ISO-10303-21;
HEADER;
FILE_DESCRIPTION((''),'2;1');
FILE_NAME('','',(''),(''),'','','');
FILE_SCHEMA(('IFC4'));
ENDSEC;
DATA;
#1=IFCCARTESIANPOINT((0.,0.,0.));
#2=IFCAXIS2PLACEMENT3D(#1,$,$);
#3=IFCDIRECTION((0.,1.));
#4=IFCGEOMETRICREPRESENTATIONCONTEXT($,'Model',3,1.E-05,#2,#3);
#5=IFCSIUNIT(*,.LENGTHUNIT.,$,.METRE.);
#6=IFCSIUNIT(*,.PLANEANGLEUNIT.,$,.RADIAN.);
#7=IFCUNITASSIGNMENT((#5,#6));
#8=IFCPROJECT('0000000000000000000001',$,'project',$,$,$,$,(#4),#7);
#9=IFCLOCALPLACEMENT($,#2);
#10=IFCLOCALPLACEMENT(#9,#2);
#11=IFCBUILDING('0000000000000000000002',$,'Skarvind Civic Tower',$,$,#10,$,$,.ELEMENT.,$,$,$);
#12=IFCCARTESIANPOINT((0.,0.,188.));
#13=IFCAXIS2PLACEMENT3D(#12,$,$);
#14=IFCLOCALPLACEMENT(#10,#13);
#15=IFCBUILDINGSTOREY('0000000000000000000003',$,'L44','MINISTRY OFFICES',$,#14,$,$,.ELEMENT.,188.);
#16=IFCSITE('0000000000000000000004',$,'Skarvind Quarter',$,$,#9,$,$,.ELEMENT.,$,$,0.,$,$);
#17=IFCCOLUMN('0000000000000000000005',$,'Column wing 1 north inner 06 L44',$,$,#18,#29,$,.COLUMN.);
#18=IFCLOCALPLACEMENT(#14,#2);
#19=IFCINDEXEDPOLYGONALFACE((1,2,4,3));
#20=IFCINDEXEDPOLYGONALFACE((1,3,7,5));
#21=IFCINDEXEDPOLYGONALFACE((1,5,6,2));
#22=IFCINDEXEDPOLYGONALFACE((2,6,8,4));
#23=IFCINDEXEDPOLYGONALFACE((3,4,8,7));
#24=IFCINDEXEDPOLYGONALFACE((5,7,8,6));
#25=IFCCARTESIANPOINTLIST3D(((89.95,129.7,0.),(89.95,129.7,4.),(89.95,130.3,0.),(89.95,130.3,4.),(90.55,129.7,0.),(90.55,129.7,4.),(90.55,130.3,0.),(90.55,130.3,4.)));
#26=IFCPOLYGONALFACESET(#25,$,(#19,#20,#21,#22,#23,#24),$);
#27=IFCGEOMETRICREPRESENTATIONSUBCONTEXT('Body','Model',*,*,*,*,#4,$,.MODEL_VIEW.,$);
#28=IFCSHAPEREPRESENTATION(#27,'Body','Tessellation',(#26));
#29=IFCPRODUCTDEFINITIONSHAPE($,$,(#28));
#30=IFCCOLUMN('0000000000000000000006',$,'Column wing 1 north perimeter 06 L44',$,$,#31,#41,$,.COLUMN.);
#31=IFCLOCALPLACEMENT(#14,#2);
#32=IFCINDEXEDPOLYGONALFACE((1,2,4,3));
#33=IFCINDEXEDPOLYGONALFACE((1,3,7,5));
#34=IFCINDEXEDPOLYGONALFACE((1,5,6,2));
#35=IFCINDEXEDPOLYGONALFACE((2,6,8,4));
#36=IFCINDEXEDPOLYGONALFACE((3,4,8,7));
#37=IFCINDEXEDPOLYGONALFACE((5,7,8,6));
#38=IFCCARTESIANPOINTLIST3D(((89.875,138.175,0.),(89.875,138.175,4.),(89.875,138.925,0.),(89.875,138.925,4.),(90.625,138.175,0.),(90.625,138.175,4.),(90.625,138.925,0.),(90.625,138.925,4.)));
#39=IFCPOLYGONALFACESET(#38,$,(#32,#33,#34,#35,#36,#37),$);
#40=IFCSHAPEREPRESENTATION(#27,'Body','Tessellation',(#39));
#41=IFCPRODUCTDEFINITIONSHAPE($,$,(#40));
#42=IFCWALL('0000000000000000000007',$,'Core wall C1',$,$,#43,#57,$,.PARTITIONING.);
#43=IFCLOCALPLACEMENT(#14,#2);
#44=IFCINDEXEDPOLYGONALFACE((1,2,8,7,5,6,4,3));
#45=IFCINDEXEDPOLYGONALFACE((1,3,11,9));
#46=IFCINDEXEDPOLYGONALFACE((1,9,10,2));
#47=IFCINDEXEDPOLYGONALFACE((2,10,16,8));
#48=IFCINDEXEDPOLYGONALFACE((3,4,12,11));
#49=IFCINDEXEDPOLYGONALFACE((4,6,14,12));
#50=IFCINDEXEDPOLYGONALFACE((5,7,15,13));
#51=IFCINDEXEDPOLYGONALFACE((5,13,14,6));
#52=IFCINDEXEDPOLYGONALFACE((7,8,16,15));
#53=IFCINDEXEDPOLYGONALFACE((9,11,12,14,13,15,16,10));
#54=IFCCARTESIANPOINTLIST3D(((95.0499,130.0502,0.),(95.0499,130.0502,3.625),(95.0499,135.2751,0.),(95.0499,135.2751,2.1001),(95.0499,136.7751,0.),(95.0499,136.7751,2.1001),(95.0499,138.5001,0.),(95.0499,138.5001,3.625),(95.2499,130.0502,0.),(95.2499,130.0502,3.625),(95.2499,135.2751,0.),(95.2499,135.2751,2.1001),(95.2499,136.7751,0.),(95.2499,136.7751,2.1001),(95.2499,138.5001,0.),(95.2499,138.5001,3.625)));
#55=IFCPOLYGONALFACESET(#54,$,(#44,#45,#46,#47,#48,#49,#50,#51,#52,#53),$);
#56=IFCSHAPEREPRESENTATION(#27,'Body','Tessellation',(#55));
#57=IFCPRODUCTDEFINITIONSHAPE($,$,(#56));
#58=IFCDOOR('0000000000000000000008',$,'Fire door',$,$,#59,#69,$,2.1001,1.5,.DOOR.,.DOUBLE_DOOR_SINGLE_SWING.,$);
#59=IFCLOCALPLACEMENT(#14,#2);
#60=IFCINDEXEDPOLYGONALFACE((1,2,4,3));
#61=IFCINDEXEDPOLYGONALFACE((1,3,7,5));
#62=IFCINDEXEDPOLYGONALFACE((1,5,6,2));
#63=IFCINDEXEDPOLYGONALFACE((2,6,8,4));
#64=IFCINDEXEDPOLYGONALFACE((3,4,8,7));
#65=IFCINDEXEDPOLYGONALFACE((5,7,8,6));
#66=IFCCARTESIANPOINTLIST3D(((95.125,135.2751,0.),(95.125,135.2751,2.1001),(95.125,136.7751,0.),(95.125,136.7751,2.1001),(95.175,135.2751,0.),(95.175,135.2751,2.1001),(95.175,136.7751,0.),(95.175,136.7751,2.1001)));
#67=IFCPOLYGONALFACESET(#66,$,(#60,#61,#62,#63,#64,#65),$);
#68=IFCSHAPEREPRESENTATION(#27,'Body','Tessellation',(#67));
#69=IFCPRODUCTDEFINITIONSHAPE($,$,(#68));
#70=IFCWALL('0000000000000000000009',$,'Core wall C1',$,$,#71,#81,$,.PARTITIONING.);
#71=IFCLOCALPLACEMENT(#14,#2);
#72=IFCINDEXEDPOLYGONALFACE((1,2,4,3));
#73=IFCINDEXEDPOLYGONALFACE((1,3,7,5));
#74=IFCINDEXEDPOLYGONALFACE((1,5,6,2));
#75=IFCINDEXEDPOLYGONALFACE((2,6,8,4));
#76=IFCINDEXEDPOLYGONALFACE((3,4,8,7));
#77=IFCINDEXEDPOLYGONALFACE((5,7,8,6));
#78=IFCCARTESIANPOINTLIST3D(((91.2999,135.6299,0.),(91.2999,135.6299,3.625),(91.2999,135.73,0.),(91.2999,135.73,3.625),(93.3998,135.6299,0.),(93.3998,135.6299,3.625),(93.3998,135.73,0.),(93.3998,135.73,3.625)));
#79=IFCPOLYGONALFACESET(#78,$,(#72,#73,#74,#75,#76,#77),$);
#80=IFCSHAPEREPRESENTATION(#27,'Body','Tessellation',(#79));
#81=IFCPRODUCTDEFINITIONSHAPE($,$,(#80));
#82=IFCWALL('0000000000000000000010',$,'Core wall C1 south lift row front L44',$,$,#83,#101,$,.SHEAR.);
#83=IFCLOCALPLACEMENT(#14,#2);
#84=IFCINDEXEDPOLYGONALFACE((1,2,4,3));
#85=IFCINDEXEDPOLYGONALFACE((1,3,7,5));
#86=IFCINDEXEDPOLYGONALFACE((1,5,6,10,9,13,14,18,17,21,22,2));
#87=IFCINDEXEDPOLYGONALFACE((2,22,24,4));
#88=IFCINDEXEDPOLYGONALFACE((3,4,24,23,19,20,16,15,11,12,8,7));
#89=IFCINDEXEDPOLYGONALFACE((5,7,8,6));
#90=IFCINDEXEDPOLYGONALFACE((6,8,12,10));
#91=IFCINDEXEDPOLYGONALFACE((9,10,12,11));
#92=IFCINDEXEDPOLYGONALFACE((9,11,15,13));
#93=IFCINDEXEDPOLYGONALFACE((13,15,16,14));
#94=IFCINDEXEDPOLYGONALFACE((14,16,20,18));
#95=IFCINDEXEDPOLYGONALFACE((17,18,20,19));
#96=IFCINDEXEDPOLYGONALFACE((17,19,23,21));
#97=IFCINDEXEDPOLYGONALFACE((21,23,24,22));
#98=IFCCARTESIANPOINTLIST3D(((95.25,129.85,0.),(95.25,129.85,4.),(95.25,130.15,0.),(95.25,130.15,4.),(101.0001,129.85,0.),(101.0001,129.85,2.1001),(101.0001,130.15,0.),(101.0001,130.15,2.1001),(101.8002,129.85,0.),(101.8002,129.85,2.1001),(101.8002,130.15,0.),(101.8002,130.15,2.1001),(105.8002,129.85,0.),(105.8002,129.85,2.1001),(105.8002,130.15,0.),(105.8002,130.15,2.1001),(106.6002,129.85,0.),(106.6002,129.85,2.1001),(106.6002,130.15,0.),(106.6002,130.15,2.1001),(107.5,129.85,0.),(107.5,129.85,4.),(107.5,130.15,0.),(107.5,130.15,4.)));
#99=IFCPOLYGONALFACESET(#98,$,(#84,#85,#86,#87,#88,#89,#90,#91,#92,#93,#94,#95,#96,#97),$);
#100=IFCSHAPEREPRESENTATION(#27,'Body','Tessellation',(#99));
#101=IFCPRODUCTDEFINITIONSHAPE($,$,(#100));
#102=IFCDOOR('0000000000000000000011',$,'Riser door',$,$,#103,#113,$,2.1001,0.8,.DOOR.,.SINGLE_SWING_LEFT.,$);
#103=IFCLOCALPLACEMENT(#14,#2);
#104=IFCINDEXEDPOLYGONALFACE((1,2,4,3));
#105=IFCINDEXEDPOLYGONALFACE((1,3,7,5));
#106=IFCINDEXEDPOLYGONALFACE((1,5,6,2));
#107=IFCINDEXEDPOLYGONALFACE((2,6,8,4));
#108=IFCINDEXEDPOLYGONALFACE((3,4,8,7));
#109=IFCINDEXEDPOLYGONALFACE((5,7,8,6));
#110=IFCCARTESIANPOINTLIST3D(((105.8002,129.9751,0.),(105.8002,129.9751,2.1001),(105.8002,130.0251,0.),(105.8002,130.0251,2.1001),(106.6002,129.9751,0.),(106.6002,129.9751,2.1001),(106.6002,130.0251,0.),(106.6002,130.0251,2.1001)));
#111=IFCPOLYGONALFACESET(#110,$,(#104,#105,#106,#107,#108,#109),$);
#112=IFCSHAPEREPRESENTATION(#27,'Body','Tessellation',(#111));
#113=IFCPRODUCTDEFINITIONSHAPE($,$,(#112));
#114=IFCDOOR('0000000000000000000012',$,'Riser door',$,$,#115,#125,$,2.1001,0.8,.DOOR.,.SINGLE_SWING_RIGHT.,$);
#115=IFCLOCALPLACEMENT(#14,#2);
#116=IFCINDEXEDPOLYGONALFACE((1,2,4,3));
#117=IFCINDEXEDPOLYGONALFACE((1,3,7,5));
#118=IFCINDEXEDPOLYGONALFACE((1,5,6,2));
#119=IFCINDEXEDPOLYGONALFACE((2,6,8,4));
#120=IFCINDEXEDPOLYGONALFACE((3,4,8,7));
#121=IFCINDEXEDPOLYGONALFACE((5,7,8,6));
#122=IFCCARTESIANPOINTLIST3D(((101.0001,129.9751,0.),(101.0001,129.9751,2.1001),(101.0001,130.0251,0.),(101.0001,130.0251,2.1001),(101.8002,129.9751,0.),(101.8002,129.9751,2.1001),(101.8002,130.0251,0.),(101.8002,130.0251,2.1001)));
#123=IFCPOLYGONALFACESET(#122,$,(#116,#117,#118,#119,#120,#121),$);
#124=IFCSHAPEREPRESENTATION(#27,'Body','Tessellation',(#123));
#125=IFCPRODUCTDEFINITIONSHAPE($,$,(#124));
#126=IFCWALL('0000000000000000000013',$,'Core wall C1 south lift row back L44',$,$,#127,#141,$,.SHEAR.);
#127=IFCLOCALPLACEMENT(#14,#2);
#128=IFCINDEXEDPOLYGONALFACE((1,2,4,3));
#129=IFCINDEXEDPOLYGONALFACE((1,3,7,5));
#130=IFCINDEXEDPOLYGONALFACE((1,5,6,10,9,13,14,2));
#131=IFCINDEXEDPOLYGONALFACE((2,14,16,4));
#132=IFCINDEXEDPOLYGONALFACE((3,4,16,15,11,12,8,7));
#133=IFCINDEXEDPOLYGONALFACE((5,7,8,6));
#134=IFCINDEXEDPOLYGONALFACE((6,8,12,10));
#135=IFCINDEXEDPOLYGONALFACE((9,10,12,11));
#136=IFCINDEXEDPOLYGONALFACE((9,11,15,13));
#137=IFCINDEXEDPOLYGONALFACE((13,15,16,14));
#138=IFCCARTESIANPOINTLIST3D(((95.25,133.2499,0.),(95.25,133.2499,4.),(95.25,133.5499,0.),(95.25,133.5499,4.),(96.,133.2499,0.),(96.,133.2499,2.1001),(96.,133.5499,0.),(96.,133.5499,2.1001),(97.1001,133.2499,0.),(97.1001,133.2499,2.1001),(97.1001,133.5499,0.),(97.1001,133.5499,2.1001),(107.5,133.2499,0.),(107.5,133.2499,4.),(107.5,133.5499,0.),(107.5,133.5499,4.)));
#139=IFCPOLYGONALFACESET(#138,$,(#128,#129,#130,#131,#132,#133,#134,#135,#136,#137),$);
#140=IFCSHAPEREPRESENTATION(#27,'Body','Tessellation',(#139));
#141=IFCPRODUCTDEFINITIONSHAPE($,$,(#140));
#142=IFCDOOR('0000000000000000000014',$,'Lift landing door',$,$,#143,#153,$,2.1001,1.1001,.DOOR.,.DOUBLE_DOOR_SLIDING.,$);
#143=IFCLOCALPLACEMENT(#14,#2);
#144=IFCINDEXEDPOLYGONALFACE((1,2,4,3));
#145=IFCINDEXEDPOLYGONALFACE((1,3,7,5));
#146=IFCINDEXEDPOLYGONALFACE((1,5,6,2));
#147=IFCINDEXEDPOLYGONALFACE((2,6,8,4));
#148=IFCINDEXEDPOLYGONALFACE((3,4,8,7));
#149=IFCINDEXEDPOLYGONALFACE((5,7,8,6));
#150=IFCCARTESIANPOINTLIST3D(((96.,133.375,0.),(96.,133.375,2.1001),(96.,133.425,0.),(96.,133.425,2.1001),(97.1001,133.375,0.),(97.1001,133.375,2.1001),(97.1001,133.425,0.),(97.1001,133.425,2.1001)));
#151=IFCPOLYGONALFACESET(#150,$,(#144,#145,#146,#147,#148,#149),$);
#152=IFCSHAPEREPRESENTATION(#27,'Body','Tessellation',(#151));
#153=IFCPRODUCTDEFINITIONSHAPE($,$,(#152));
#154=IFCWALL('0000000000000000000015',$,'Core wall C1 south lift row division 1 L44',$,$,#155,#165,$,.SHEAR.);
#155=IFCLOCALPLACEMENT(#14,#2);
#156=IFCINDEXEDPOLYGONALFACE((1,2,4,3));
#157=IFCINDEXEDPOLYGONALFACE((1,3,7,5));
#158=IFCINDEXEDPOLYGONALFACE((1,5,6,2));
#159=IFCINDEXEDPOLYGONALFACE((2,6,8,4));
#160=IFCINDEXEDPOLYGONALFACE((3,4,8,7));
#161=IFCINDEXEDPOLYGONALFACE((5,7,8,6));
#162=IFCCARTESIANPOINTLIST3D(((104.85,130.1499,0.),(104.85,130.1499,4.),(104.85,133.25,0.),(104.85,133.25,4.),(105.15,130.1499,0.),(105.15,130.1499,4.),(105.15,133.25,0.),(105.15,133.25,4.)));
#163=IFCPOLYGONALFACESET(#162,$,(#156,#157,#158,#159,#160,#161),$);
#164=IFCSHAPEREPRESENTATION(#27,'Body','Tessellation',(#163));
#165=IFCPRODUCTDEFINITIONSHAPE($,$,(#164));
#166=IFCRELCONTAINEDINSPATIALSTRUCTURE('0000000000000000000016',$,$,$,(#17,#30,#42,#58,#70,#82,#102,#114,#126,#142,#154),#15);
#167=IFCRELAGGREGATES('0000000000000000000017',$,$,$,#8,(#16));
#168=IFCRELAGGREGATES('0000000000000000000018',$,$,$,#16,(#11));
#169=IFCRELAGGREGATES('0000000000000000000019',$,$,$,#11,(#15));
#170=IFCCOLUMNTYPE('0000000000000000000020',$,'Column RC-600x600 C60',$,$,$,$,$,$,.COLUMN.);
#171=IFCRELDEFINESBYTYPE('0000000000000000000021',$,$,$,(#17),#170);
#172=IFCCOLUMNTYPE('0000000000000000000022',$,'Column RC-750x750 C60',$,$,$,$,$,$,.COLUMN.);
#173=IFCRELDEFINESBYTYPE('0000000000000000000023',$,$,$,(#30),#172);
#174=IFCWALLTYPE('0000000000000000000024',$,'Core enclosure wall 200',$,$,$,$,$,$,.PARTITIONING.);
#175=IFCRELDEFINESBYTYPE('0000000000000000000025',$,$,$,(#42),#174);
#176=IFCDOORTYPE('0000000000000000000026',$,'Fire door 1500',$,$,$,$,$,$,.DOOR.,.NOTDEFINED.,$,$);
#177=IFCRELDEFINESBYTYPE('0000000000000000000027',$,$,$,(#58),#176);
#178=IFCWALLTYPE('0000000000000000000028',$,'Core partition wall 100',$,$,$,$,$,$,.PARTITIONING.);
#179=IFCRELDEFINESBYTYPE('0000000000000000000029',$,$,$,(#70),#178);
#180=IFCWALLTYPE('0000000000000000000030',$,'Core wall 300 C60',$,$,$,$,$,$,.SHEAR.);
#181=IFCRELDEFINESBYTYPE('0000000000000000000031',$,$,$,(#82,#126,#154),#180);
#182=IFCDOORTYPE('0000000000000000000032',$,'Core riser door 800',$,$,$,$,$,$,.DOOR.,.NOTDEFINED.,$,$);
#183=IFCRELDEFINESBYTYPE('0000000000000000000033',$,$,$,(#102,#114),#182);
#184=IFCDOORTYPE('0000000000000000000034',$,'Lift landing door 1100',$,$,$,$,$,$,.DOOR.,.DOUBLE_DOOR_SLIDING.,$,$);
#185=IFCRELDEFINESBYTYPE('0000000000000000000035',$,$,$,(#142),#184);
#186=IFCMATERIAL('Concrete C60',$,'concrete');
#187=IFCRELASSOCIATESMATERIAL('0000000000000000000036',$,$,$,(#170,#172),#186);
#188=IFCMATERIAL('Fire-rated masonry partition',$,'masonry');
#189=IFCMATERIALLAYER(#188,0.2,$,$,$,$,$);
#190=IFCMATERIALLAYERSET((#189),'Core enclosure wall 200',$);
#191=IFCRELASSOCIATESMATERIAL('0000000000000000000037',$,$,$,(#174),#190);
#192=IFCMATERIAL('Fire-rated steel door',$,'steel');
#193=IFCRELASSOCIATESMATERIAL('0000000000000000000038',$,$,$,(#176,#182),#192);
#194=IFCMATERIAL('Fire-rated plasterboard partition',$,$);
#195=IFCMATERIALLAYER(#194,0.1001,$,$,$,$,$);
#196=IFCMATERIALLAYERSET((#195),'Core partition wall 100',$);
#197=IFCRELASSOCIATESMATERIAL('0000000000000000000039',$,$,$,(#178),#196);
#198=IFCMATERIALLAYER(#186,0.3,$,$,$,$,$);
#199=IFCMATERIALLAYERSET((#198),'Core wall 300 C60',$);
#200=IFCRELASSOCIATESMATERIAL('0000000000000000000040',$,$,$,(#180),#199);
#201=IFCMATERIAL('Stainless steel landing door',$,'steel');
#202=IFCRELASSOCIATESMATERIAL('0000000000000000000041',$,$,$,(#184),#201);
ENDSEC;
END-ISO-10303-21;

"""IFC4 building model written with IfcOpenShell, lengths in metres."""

from ifc_helpers import new_model, si_unit, direction, frame, frame_2d, origin, origin_2d, place, context, subcontext, project, spatial, rectangle, extrude, material, layer, layer_set, material_profile, profile_set, type_object, element, fill, save


model = new_model("IFC4")

# Units and contexts
model_context = context("Model", 3, precision=1e-05, world=origin(), true_north=direction((0.0, 1.0)))
body_context = subcontext(model_context, "Body", "Model", "MODEL_VIEW")
ifc_project = project(units=[si_unit("LENGTHUNIT", "METRE"), si_unit("PLANEANGLEUNIT", "RADIAN")], contexts=[model_context])

# Site, building, storey
site_placement = place(None, origin())
site = spatial("IfcSite", under=ifc_project, at=site_placement, Name="Skarvind Quarter", CompositionType="ELEMENT", RefElevation=0.0)
building_placement = place(site_placement, origin())
building = spatial("IfcBuilding", under=site, at=building_placement, Name="Skarvind Civic Tower", CompositionType="ELEMENT")
storey_placement = place(building_placement, frame((0.0, 0.0, 188.0)))
storey = spatial("IfcBuildingStorey", under=building, at=storey_placement, Name="L44", Description="MINISTRY OFFICES", CompositionType="ELEMENT", Elevation=188.0)

# Columns
ifc_material_1 = material(Name="Concrete C60", Category="concrete")
ifc_material_profile_1 = material_profile(ifc_material_1, rectangle(XDim=0.6001, YDim=0.6001, at=origin_2d()), Name="RC-600x600")
ifc_profile_set_1 = profile_set([ifc_material_profile_1], Name="Concrete C60")
column_type_1 = type_object("IfcColumnType", Name="Column RC-600x600 C60", PredefinedType="COLUMN", material=ifc_profile_set_1)
column_1_placement = place(storey_placement, frame((90.25, 130.0, 0.0), z_axis=(0.0, 0.0, 1.0), x_axis=(1.0, 0.0, 0.0)))
element("IfcColumn", 1, at=column_1_placement, inside=storey, type_object=column_type_1, Name="Column wing 1 north inner 06 L44", PredefinedType="COLUMN", context=body_context, shape_type="SweptSolid", body=[
    extrude(rectangle(XDim=0.6001, YDim=0.6001, at=origin_2d()), origin(), (0.0, 0.0, 1.0), 4.0),
])
ifc_material_profile_2 = material_profile(ifc_material_1, rectangle(XDim=0.75, YDim=0.75, at=origin_2d()), Name="RC-750x750")
ifc_profile_set_2 = profile_set([ifc_material_profile_2], Name="Concrete C60")
column_type_2 = type_object("IfcColumnType", Name="Column RC-750x750 C60", PredefinedType="COLUMN", material=ifc_profile_set_2)
column_2_placement = place(storey_placement, frame((90.25, 138.55, 0.0), z_axis=(0.0, 0.0, 1.0), x_axis=(1.0, 0.0, 0.0)))
element("IfcColumn", 2, at=column_2_placement, inside=storey, type_object=column_type_2, Name="Column wing 1 north perimeter 06 L44", PredefinedType="COLUMN", context=body_context, shape_type="SweptSolid", body=[
    extrude(rectangle(XDim=0.75, YDim=0.75, at=origin_2d()), origin(), (0.0, 0.0, 1.0), 4.0),
])

# Wall, opening, door
ifc_material_2 = material(Name="Fire-rated masonry partition", Category="masonry")
ifc_layer_1 = layer(ifc_material_2, 0.2)
ifc_layer_set_1 = layer_set([ifc_layer_1], Name="Core enclosure wall 200")
wall_type_1 = type_object("IfcWallType", Name="Core enclosure wall 200", PredefinedType="PARTITIONING", material=ifc_layer_set_1)
wall_1_placement = place(storey_placement, frame((95.1499, 130.05, 0.0), z_axis=(0.0, 0.0, 1.0), x_axis=(0.0, 1.0, 0.0)))
wall_1 = element("IfcWall", 3, at=wall_1_placement, inside=storey, type_object=wall_type_1, Name="Core wall C1", PredefinedType="PARTITIONING", context=body_context, shape_type="SweptSolid", body=[
    extrude(rectangle(XDim=8.45, YDim=0.2, at=frame_2d((4.2251, 0.0))), origin(), (0.0, 0.0, 1.0), 3.625),
])
opening_1_placement = place(wall_1_placement, frame((5.2251, 0.0, 0.0)))
opening_1 = element("IfcOpeningElement", 4, at=opening_1_placement, cuts=wall_1, PredefinedType="OPENING", context=body_context, shape_type="SweptSolid", body=[
    extrude(rectangle(XDim=1.5, YDim=2.1001, at=frame_2d((0.75, 1.05))), frame((0.0, 0.1099, 0.0), z_axis=(0.0, -1.0, 0.0), x_axis=(1.0, 0.0, 0.0)), (0.0, 0.0, 1.0), 0.22),
])
ifc_material_3 = material(Name="Fire-rated steel door", Category="steel")
door_type_1 = type_object("IfcDoorType", Name="Fire door 1500", OperationType="NOTDEFINED", PredefinedType="DOOR", material=ifc_material_3)
door_1_placement = place(opening_1_placement, origin())
door_1 = element("IfcDoor", 5, at=door_1_placement, inside=storey, type_object=door_type_1, Name="Fire door", OperationType="DOUBLE_DOOR_SINGLE_SWING", OverallHeight=2.1001, OverallWidth=1.5, PredefinedType="DOOR", context=body_context, shape_type="SweptSolid", body=[
    extrude(rectangle(XDim=1.5, YDim=2.1001, at=frame_2d((0.75, 1.05))), frame((0.0, 0.0249, 0.0), z_axis=(0.0, -1.0, 0.0), x_axis=(1.0, 0.0, 0.0)), (0.0, 0.0, 1.0), 0.05),
])
fill(opening_1, door_1)

# Wall
ifc_material_4 = material(Name="Fire-rated plasterboard partition")
ifc_layer_2 = layer(ifc_material_4, 0.1001)
ifc_layer_set_2 = layer_set([ifc_layer_2], Name="Core partition wall 100")
wall_type_2 = type_object("IfcWallType", Name="Core partition wall 100", PredefinedType="PARTITIONING", material=ifc_layer_set_2)
wall_2_placement = place(storey_placement, frame((91.3, 135.6799, 0.0), z_axis=(0.0, 0.0, 1.0), x_axis=(1.0, 0.0, 0.0)))
element("IfcWall", 6, at=wall_2_placement, inside=storey, type_object=wall_type_2, Name="Core wall C1", PredefinedType="PARTITIONING", context=body_context, shape_type="SweptSolid", body=[
    extrude(rectangle(XDim=2.0999, YDim=0.1001, at=frame_2d((1.0498, 0.0))), origin(), (0.0, 0.0, 1.0), 3.625),
])

# Wall, openings, doors
ifc_layer_3 = layer(ifc_material_1, 0.3)
ifc_layer_set_3 = layer_set([ifc_layer_3], Name="Core wall 300 C60")
wall_type_3 = type_object("IfcWallType", Name="Core wall 300 C60", PredefinedType="SHEAR", material=ifc_layer_set_3)
wall_3_placement = place(storey_placement, frame((107.5, 130.0, 0.0), z_axis=(0.0, 0.0, 1.0), x_axis=(-1.0, 0.0, 0.0)))
wall_3 = element("IfcWall", 7, at=wall_3_placement, inside=storey, type_object=wall_type_3, Name="Core wall C1 south lift row front L44", PredefinedType="SHEAR", context=body_context, shape_type="SweptSolid", body=[
    extrude(rectangle(XDim=12.25, YDim=0.3, at=frame_2d((6.125, 0.0))), origin(), (0.0, 0.0, 1.0), 4.0),
])
opening_2_placement = place(wall_3_placement, frame((0.8999, 0.0, 0.0)))
opening_2 = element("IfcOpeningElement", 8, at=opening_2_placement, cuts=wall_3, PredefinedType="OPENING", context=body_context, shape_type="SweptSolid", body=[
    extrude(rectangle(XDim=0.8, YDim=2.1001, at=frame_2d((0.3999, 1.05))), frame((0.0, 0.1599, 0.0), z_axis=(0.0, -1.0, 0.0), x_axis=(1.0, 0.0, 0.0)), (0.0, 0.0, 1.0), 0.3201),
])
opening_3_placement = place(wall_3_placement, frame((5.7, 0.0, 0.0)))
opening_3 = element("IfcOpeningElement", 9, at=opening_3_placement, cuts=wall_3, PredefinedType="OPENING", context=body_context, shape_type="SweptSolid", body=[
    extrude(rectangle(XDim=0.8, YDim=2.1001, at=frame_2d((0.3999, 1.05))), frame((0.0, 0.1599, 0.0), z_axis=(0.0, -1.0, 0.0), x_axis=(1.0, 0.0, 0.0)), (0.0, 0.0, 1.0), 0.3201),
])
door_type_2 = type_object("IfcDoorType", Name="Core riser door 800", OperationType="NOTDEFINED", PredefinedType="DOOR", material=ifc_material_3)
door_2_placement = place(opening_2_placement, origin())
door_2 = element("IfcDoor", 10, at=door_2_placement, inside=storey, type_object=door_type_2, Name="Riser door", OperationType="SINGLE_SWING_LEFT", OverallHeight=2.1001, OverallWidth=0.8, PredefinedType="DOOR", context=body_context, shape_type="SweptSolid", body=[
    extrude(rectangle(XDim=0.8, YDim=2.1001, at=frame_2d((0.3999, 1.05))), frame((0.0, 0.0249, 0.0), z_axis=(0.0, -1.0, 0.0), x_axis=(1.0, 0.0, 0.0)), (0.0, 0.0, 1.0), 0.05),
])
fill(opening_2, door_2)
door_3_placement = place(opening_3_placement, origin())
door_3 = element("IfcDoor", 11, at=door_3_placement, inside=storey, type_object=door_type_2, Name="Riser door", OperationType="SINGLE_SWING_RIGHT", OverallHeight=2.1001, OverallWidth=0.8, PredefinedType="DOOR", context=body_context, shape_type="SweptSolid", body=[
    extrude(rectangle(XDim=0.8, YDim=2.1001, at=frame_2d((0.3999, 1.05))), frame((0.0, 0.0249, 0.0), z_axis=(0.0, -1.0, 0.0), x_axis=(1.0, 0.0, 0.0)), (0.0, 0.0, 1.0), 0.05),
])
fill(opening_3, door_3)

# Wall, opening, door
wall_4_placement = place(storey_placement, frame((107.5, 133.3999, 0.0), z_axis=(0.0, 0.0, 1.0), x_axis=(-1.0, 0.0, 0.0)))
wall_4 = element("IfcWall", 12, at=wall_4_placement, inside=storey, type_object=wall_type_3, Name="Core wall C1 south lift row back L44", PredefinedType="SHEAR", context=body_context, shape_type="SweptSolid", body=[
    extrude(rectangle(XDim=12.25, YDim=0.3, at=frame_2d((6.125, 0.0))), origin(), (0.0, 0.0, 1.0), 4.0),
])
opening_4_placement = place(wall_4_placement, frame((10.3999, 0.0, 0.0)))
opening_4 = element("IfcOpeningElement", 13, at=opening_4_placement, cuts=wall_4, PredefinedType="OPENING", context=body_context, shape_type="SweptSolid", body=[
    extrude(rectangle(XDim=1.1001, YDim=2.1001, at=frame_2d((0.55, 1.05))), frame((0.0, 0.1599, 0.0), z_axis=(0.0, -1.0, 0.0), x_axis=(1.0, 0.0, 0.0)), (0.0, 0.0, 1.0), 0.3201),
])
ifc_material_5 = material(Name="Stainless steel landing door", Category="steel")
door_type_3 = type_object("IfcDoorType", Name="Lift landing door 1100", OperationType="DOUBLE_DOOR_SLIDING", PredefinedType="DOOR", material=ifc_material_5)
door_4_placement = place(opening_4_placement, origin())
door_4 = element("IfcDoor", 14, at=door_4_placement, inside=storey, type_object=door_type_3, Name="Lift landing door", OperationType="DOUBLE_DOOR_SLIDING", OverallHeight=2.1001, OverallWidth=1.1001, PredefinedType="DOOR", context=body_context, shape_type="SweptSolid", body=[
    extrude(rectangle(XDim=1.1001, YDim=2.1001, at=frame_2d((0.55, 1.05))), frame((0.0, 0.0249, 0.0), z_axis=(0.0, -1.0, 0.0), x_axis=(1.0, 0.0, 0.0)), (0.0, 0.0, 1.0), 0.05),
])
fill(opening_4, door_4)

# Wall
for number, where, z_axis, x_axis, name in (
    (15, (105.0, 133.25, 0.0), (0.0, 0.0, 1.0), (0.0, -1.0, 0.0), "Core wall C1 south lift row division 1 L44"),
):
    element("IfcWall", number, at=place(storey_placement, frame(where, z_axis=z_axis, x_axis=x_axis)), inside=storey, type_object=wall_type_3, Name=name, PredefinedType="SHEAR", context=body_context, shape_type="SweptSolid", body=[
        extrude(rectangle(XDim=3.1001, YDim=0.3, at=frame_2d((1.55, 0.0))), origin(), (0.0, 0.0, 1.0), 4.0),
    ])

save(model, "model.ifc")
